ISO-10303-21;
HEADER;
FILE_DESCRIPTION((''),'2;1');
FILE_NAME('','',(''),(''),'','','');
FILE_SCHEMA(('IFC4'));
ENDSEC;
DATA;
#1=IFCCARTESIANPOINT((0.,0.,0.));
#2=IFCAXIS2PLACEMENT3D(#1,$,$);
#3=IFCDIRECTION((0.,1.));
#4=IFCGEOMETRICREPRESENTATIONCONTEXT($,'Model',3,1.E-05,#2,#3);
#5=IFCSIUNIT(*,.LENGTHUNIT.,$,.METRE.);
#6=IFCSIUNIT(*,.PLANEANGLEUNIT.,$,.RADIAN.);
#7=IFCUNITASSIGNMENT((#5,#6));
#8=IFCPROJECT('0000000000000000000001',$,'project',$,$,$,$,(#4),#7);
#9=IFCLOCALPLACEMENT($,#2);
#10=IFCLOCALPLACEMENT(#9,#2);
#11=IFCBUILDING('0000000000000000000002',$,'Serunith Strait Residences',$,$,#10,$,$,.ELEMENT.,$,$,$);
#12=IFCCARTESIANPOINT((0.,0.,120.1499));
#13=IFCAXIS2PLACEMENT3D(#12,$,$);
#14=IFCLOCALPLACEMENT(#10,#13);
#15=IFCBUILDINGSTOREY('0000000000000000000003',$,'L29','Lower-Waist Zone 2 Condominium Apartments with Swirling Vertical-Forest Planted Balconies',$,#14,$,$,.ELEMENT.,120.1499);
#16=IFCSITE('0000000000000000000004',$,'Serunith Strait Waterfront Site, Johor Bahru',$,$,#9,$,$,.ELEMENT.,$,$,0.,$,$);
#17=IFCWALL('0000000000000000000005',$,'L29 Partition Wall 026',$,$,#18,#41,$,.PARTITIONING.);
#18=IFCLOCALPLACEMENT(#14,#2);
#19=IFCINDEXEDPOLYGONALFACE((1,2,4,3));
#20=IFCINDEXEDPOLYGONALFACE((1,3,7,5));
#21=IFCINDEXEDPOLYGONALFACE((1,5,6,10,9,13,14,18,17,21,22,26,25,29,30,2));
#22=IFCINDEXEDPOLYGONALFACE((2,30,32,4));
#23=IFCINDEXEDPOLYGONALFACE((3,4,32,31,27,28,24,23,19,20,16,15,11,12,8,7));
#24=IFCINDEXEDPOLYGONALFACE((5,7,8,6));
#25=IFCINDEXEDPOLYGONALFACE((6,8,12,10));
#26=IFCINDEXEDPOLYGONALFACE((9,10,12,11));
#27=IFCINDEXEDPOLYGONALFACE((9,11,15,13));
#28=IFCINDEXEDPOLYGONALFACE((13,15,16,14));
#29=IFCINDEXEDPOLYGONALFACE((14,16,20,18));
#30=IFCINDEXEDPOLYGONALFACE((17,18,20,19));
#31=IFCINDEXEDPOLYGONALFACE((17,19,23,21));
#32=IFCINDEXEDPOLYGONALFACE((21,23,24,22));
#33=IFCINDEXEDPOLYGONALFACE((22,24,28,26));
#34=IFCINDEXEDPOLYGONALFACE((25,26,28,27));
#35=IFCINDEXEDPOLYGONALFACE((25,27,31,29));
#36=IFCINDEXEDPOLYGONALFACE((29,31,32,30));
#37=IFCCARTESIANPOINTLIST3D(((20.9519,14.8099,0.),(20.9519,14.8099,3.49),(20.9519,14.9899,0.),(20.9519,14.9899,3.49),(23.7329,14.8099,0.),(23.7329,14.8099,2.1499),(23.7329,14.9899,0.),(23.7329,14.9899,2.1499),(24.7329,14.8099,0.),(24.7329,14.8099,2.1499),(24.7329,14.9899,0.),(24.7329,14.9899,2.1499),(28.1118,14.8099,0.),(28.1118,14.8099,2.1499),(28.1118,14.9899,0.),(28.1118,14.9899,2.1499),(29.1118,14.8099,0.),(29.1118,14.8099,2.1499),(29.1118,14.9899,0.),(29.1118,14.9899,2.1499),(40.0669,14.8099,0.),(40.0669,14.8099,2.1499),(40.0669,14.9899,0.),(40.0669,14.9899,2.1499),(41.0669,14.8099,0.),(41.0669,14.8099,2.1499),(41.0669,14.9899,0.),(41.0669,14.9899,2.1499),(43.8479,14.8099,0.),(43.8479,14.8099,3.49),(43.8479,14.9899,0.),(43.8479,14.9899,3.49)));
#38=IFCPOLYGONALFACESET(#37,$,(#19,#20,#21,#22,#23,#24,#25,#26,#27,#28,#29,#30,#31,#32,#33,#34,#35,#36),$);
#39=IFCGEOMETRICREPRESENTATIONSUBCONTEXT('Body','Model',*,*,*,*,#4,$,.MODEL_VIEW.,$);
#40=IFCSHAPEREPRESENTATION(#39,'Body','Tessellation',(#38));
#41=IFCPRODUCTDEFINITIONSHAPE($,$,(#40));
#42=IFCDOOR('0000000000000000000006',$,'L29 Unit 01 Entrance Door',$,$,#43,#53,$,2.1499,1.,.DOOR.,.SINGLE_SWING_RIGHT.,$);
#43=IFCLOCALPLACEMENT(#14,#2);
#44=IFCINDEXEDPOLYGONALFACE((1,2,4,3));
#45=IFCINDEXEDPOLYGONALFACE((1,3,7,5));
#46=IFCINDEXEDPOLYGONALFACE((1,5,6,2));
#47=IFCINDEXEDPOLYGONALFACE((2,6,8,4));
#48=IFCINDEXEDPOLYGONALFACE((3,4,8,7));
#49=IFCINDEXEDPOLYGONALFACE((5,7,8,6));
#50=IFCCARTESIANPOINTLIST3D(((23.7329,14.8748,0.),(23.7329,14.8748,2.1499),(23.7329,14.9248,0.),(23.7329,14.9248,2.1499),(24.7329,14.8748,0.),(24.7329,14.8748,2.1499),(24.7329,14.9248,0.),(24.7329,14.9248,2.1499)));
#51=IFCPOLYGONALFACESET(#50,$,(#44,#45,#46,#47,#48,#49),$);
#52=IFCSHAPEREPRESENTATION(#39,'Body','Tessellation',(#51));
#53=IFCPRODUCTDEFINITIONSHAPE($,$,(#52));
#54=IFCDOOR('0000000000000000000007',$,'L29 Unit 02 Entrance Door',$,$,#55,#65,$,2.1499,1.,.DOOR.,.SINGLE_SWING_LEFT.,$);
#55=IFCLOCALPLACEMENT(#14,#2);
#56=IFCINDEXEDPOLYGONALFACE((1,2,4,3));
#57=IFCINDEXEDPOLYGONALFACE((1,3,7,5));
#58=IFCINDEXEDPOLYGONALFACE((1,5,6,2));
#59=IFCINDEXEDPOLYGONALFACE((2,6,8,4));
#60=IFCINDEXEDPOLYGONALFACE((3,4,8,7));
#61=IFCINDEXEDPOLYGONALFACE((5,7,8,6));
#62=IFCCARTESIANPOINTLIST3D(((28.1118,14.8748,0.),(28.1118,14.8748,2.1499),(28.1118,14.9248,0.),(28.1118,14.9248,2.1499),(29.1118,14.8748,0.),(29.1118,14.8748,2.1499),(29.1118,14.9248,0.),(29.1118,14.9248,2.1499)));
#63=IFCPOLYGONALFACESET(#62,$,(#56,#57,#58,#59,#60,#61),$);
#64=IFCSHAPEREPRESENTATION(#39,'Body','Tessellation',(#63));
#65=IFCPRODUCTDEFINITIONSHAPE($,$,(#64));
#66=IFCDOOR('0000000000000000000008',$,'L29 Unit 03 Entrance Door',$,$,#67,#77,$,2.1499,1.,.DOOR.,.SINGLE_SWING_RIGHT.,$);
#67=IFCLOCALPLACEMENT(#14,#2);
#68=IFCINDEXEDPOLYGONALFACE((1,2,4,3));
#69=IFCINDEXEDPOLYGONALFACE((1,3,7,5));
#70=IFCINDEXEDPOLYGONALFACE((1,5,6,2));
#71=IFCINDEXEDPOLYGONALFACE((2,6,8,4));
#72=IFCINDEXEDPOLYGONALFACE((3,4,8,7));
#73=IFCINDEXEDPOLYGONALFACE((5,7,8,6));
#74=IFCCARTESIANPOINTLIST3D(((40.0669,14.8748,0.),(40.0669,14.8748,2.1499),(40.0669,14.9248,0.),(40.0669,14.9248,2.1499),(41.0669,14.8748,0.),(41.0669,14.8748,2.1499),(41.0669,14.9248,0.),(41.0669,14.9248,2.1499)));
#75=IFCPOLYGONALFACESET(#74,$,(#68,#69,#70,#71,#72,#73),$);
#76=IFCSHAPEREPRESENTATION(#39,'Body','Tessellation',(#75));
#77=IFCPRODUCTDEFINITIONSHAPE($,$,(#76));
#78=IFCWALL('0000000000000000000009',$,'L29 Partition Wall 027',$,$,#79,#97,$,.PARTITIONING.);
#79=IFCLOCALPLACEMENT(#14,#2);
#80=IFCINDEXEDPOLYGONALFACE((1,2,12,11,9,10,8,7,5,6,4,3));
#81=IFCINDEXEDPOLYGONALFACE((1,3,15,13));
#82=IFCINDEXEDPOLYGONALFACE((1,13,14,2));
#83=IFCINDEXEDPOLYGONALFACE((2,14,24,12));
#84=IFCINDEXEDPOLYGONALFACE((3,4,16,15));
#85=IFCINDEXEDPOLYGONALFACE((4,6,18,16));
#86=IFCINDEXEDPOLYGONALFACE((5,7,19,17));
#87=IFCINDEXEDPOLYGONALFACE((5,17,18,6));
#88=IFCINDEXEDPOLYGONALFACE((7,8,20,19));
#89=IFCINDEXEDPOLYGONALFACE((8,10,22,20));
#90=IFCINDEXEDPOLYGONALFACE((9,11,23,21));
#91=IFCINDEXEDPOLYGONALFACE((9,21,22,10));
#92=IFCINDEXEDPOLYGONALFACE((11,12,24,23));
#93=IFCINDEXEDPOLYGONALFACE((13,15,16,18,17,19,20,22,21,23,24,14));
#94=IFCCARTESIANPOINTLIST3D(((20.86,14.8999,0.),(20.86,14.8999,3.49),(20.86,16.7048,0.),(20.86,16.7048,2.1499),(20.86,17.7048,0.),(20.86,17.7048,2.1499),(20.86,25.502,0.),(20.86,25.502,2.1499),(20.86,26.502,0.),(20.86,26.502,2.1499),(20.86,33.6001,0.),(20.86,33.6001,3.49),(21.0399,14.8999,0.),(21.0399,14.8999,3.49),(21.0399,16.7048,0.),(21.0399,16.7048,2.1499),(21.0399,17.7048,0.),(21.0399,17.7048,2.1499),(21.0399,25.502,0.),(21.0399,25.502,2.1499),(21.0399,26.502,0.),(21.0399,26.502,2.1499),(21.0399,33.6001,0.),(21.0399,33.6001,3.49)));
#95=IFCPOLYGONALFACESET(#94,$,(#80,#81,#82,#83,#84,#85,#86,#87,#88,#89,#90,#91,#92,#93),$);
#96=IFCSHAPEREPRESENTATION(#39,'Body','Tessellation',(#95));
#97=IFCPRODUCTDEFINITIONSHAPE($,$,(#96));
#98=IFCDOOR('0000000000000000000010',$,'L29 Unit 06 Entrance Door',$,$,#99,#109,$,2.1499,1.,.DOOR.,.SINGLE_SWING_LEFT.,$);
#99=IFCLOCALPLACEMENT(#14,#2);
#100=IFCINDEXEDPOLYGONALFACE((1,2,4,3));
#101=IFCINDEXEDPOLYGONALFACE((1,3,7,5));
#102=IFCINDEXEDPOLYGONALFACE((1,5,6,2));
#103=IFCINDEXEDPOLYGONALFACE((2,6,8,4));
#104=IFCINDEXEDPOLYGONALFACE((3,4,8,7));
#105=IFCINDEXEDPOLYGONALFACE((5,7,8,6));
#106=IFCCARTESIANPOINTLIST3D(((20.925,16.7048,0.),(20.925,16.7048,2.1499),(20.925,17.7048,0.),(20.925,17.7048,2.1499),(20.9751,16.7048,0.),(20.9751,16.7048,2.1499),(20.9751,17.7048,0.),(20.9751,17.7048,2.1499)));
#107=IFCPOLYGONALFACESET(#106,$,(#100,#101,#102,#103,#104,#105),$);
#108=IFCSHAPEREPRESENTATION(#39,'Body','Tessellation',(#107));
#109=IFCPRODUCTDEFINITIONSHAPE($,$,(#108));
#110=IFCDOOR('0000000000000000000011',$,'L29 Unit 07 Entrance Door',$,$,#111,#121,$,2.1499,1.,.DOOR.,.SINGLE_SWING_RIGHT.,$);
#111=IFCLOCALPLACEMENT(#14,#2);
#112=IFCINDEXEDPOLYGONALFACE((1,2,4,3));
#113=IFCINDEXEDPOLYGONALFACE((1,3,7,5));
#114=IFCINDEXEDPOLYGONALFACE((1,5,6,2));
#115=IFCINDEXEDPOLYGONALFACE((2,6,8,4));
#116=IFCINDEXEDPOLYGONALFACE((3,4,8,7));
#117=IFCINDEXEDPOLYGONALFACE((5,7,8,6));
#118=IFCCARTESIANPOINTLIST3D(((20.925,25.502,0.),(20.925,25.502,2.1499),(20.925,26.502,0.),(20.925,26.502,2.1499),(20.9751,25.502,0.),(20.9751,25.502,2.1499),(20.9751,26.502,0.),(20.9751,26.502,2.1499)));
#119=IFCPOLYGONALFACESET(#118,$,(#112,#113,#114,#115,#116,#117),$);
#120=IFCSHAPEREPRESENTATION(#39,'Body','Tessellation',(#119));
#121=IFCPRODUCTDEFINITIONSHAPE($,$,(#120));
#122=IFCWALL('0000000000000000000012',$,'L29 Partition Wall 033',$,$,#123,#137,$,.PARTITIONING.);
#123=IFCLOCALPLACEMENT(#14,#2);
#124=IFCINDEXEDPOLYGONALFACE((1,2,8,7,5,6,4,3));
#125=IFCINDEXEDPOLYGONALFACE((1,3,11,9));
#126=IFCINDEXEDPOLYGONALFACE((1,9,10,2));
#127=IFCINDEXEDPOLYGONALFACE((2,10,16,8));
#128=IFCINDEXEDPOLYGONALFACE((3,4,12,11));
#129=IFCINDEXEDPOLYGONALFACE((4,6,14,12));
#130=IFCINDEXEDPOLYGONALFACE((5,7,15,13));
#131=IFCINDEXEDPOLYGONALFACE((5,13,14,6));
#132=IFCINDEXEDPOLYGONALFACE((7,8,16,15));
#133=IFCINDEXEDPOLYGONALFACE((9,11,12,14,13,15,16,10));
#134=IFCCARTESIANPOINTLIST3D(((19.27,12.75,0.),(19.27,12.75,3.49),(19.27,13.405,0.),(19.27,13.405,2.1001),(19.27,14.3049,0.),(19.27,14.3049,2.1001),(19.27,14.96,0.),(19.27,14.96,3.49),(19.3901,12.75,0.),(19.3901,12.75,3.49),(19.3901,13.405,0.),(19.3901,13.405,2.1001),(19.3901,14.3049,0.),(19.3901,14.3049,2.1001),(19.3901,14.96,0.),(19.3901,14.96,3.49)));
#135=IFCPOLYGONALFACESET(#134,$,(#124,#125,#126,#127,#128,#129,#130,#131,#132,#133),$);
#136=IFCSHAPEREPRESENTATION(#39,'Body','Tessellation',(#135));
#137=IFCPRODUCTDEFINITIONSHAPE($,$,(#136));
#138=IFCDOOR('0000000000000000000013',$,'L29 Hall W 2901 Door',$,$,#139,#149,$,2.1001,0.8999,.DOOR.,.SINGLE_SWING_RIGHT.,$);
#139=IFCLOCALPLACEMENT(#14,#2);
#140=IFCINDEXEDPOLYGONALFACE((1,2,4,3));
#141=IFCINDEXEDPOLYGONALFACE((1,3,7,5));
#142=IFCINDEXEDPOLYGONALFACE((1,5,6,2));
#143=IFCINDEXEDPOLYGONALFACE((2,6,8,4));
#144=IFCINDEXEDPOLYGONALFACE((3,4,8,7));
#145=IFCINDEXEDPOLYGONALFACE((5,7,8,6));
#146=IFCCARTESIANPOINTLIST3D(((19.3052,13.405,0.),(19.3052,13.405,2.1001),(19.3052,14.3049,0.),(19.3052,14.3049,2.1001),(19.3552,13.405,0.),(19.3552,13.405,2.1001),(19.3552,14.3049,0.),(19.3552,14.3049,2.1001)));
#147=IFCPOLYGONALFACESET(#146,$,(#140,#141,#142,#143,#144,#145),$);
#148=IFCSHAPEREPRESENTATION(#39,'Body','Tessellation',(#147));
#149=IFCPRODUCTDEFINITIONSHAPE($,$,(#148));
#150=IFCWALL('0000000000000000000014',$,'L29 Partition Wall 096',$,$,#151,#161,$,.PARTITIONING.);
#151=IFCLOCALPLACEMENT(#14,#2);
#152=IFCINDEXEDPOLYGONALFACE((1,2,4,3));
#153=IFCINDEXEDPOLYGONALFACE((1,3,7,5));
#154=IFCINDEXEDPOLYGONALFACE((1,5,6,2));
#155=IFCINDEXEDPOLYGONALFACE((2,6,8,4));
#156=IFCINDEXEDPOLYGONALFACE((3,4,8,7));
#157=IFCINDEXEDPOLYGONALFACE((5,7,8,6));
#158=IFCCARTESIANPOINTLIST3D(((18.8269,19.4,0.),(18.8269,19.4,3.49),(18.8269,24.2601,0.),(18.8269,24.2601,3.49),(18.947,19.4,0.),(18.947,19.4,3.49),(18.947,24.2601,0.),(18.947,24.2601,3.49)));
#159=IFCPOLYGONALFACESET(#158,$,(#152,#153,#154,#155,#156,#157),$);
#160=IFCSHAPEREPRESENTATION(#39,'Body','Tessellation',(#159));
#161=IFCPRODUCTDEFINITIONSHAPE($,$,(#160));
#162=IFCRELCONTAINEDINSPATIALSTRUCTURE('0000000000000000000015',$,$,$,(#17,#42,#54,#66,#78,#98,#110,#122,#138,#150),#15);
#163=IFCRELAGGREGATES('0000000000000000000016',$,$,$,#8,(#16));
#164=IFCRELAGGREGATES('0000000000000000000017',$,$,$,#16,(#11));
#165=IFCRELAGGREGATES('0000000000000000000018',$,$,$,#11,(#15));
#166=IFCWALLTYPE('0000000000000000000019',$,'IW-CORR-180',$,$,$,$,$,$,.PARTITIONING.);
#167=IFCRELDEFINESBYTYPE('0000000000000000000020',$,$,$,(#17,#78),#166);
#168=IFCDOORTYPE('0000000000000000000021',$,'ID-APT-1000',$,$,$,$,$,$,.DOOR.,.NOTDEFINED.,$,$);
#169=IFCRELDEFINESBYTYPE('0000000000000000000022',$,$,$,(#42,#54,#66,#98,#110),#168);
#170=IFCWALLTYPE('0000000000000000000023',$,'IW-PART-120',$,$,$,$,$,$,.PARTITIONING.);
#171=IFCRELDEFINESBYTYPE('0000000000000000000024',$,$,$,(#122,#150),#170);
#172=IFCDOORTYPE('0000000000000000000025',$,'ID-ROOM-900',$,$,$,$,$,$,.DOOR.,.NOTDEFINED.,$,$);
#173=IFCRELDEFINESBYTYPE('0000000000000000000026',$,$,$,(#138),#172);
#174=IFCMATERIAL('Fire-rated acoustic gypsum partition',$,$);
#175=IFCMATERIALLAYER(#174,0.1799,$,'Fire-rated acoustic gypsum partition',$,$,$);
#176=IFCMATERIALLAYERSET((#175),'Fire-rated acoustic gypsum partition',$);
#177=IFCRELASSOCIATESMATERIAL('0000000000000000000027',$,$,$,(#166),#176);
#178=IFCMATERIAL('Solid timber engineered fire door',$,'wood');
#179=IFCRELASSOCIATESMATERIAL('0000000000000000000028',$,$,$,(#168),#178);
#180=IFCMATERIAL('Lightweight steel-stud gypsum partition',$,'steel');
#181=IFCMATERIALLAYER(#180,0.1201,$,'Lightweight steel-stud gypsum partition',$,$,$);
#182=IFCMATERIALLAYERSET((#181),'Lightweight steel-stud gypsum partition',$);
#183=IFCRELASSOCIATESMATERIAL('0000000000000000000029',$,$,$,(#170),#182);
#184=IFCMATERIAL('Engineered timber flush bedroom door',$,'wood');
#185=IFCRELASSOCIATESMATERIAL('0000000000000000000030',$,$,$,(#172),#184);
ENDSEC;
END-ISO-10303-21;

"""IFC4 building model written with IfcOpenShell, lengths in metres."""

from ifc_helpers import new_model, si_unit, direction, frame, frame_2d, origin, place, context, subcontext, project, spatial, rectangle, extrude, source, transform, mapped, material, layer, layer_set, type_object, element, fill, save


model = new_model("IFC4")

# Units and contexts
model_context = context("Model", 3, precision=1e-05, world=origin(), true_north=direction((0.0, 1.0)))
body_context = subcontext(model_context, "Body", "Model", "MODEL_VIEW")
ifc_project = project(units=[si_unit("LENGTHUNIT", "METRE"), si_unit("PLANEANGLEUNIT", "RADIAN")], contexts=[model_context])

# Site, building, storey
site_placement = place(None, origin())
site = spatial("IfcSite", under=ifc_project, at=site_placement, Name="Serunith Strait Waterfront Site, Johor Bahru", CompositionType="ELEMENT", RefElevation=0.0)
building_placement = place(site_placement, origin())
building = spatial("IfcBuilding", under=site, at=building_placement, Name="Serunith Strait Residences", CompositionType="ELEMENT")
storey_placement = place(building_placement, frame((0.0, 0.0, 120.1499)))
storey = spatial("IfcBuildingStorey", under=building, at=storey_placement, Name="L29", Description="Lower-Waist Zone 2 Condominium Apartments with Swirling Vertical-Forest Planted Balconies", CompositionType="ELEMENT", Elevation=120.1499)

# Walls, openings, doors
ifc_material_1 = material(Name="Fire-rated acoustic gypsum partition")
ifc_layer_1 = layer(ifc_material_1, 0.1799, Name="Fire-rated acoustic gypsum partition")
ifc_layer_set_1 = layer_set([ifc_layer_1], Name="Fire-rated acoustic gypsum partition")
wall_type_1 = type_object("IfcWallType", Name="IW-CORR-180", PredefinedType="PARTITIONING", material=ifc_layer_set_1)
wall_1_placement = place(storey_placement, frame((20.9519, 14.8999, 0.0), z_axis=(0.0, 0.0, 1.0), x_axis=(1.0, 0.0, 0.0)))
wall_1 = element("IfcWall", 1, at=wall_1_placement, inside=storey, type_object=wall_type_1, Name="L29 Partition Wall 026", PredefinedType="PARTITIONING", context=body_context, shape_type="SweptSolid", body=[
    extrude(rectangle(XDim=22.896, YDim=0.1799, at=frame_2d((11.448, 0.0))), origin(), (0.0, 0.0, 1.0), 3.49),
])
opening_1_placement = place(wall_1_placement, frame((2.781, 0.0, 0.0)))
opening_1 = element("IfcOpeningElement", 2, at=opening_1_placement, cuts=wall_1, PredefinedType="OPENING", context=body_context, shape_type="SweptSolid", body=[
    extrude(rectangle(XDim=1.0, YDim=2.1499, at=frame_2d((0.5, 1.075))), frame((0.0, 0.1001, 0.0), z_axis=(0.0, -1.0, 0.0), x_axis=(1.0, 0.0, 0.0)), (0.0, 0.0, 1.0), 0.2),
])
opening_2_placement = place(wall_1_placement, frame((7.1599, 0.0, 0.0)))
opening_2 = element("IfcOpeningElement", 3, at=opening_2_placement, cuts=wall_1, PredefinedType="OPENING", context=body_context, shape_type="SweptSolid", body=[
    extrude(rectangle(XDim=1.0, YDim=2.1499, at=frame_2d((0.5, 1.075))), frame((0.0, 0.1001, 0.0), z_axis=(0.0, -1.0, 0.0), x_axis=(1.0, 0.0, 0.0)), (0.0, 0.0, 1.0), 0.2),
])
opening_3_placement = place(wall_1_placement, frame((19.115, 0.0, 0.0)))
opening_3 = element("IfcOpeningElement", 4, at=opening_3_placement, cuts=wall_1, PredefinedType="OPENING", context=body_context, shape_type="SweptSolid", body=[
    extrude(rectangle(XDim=1.0, YDim=2.1499, at=frame_2d((0.5, 1.075))), frame((0.0, 0.1001, 0.0), z_axis=(0.0, -1.0, 0.0), x_axis=(1.0, 0.0, 0.0)), (0.0, 0.0, 1.0), 0.2),
])
ifc_material_2 = material(Name="Solid timber engineered fire door", Category="wood")
door_type_1 = type_object("IfcDoorType", Name="ID-APT-1000", OperationType="NOTDEFINED", PredefinedType="DOOR", material=ifc_material_2)
shared_shape_1 = source(origin(), body_context, "Body", "SweptSolid", [
    extrude(rectangle(XDim=1.0, YDim=2.1499, at=frame_2d((0.5, 1.075))), frame((0.0, 0.0249, 0.0), z_axis=(0.0, -1.0, 0.0), x_axis=(1.0, 0.0, 0.0)), (0.0, 0.0, 1.0), 0.05),
])
door_1_placement = place(opening_1_placement, origin())
door_1 = element("IfcDoor", 5, at=door_1_placement, inside=storey, type_object=door_type_1, Name="L29 Unit 01 Entrance Door", OperationType="SINGLE_SWING_RIGHT", OverallHeight=2.1499, OverallWidth=1.0, PredefinedType="DOOR", context=body_context, shape_type="MappedRepresentation", body=[
    mapped(shared_shape_1, transform((0.0, 0.0, 0.0), scale=1.0)),
])
fill(opening_1, door_1)
door_2_placement = place(opening_2_placement, origin())
door_2 = element("IfcDoor", 6, at=door_2_placement, inside=storey, type_object=door_type_1, Name="L29 Unit 02 Entrance Door", OperationType="SINGLE_SWING_LEFT", OverallHeight=2.1499, OverallWidth=1.0, PredefinedType="DOOR", context=body_context, shape_type="MappedRepresentation", body=[
    mapped(shared_shape_1, transform((0.0, 0.0, 0.0), scale=1.0)),
])
fill(opening_2, door_2)
door_3_placement = place(opening_3_placement, origin())
door_3 = element("IfcDoor", 7, at=door_3_placement, inside=storey, type_object=door_type_1, Name="L29 Unit 03 Entrance Door", OperationType="SINGLE_SWING_RIGHT", OverallHeight=2.1499, OverallWidth=1.0, PredefinedType="DOOR", context=body_context, shape_type="MappedRepresentation", body=[
    mapped(shared_shape_1, transform((0.0, 0.0, 0.0), scale=1.0)),
])
fill(opening_3, door_3)
wall_2_placement = place(storey_placement, frame((20.95, 14.8999, 0.0), z_axis=(0.0, 0.0, 1.0), x_axis=(0.0, 1.0, 0.0)))
wall_2 = element("IfcWall", 8, at=wall_2_placement, inside=storey, type_object=wall_type_1, Name="L29 Partition Wall 027", PredefinedType="PARTITIONING", context=body_context, shape_type="SweptSolid", body=[
    extrude(rectangle(XDim=18.7002, YDim=0.1799, at=frame_2d((9.3501, 0.0))), origin(), (0.0, 0.0, 1.0), 3.49),
])
opening_4_placement = place(wall_2_placement, frame((1.8049, 0.0, 0.0)))
opening_4 = element("IfcOpeningElement", 9, at=opening_4_placement, cuts=wall_2, PredefinedType="OPENING", context=body_context, shape_type="SweptSolid", body=[
    extrude(rectangle(XDim=1.0, YDim=2.1499, at=frame_2d((0.5, 1.075))), frame((0.0, 0.1001, 0.0), z_axis=(0.0, -1.0, 0.0), x_axis=(1.0, 0.0, 0.0)), (0.0, 0.0, 1.0), 0.2),
])
opening_5_placement = place(wall_2_placement, frame((10.6021, 0.0, 0.0)))
opening_5 = element("IfcOpeningElement", 10, at=opening_5_placement, cuts=wall_2, PredefinedType="OPENING", context=body_context, shape_type="SweptSolid", body=[
    extrude(rectangle(XDim=1.0, YDim=2.1499, at=frame_2d((0.5, 1.075))), frame((0.0, 0.1001, 0.0), z_axis=(0.0, -1.0, 0.0), x_axis=(1.0, 0.0, 0.0)), (0.0, 0.0, 1.0), 0.2),
])
door_4_placement = place(opening_4_placement, origin())
door_4 = element("IfcDoor", 11, at=door_4_placement, inside=storey, type_object=door_type_1, Name="L29 Unit 06 Entrance Door", OperationType="SINGLE_SWING_LEFT", OverallHeight=2.1499, OverallWidth=1.0, PredefinedType="DOOR", context=body_context, shape_type="MappedRepresentation", body=[
    mapped(shared_shape_1, transform((0.0, 0.0, 0.0), scale=1.0)),
])
fill(opening_4, door_4)
door_5_placement = place(opening_5_placement, origin())
door_5 = element("IfcDoor", 12, at=door_5_placement, inside=storey, type_object=door_type_1, Name="L29 Unit 07 Entrance Door", OperationType="SINGLE_SWING_RIGHT", OverallHeight=2.1499, OverallWidth=1.0, PredefinedType="DOOR", context=body_context, shape_type="MappedRepresentation", body=[
    mapped(shared_shape_1, transform((0.0, 0.0, 0.0), scale=1.0)),
])
fill(opening_5, door_5)

# Wall, opening, door
ifc_material_3 = material(Name="Lightweight steel-stud gypsum partition", Category="steel")
ifc_layer_2 = layer(ifc_material_3, 0.1201, Name="Lightweight steel-stud gypsum partition")
ifc_layer_set_2 = layer_set([ifc_layer_2], Name="Lightweight steel-stud gypsum partition")
wall_type_2 = type_object("IfcWallType", Name="IW-PART-120", PredefinedType="PARTITIONING", material=ifc_layer_set_2)
wall_3_placement = place(storey_placement, frame((19.3301, 12.75, 0.0), z_axis=(0.0, 0.0, 1.0), x_axis=(0.0, 1.0, 0.0)))
wall_3 = element("IfcWall", 13, at=wall_3_placement, inside=storey, type_object=wall_type_2, Name="L29 Partition Wall 033", PredefinedType="PARTITIONING", context=body_context, shape_type="SweptSolid", body=[
    extrude(rectangle(XDim=2.21, YDim=0.1201, at=frame_2d((1.105, 0.0))), origin(), (0.0, 0.0, 1.0), 3.49),
])
opening_6_placement = place(wall_3_placement, frame((0.655, 0.0, 0.0)))
opening_6 = element("IfcOpeningElement", 14, at=opening_6_placement, cuts=wall_3, PredefinedType="OPENING", context=body_context, shape_type="SweptSolid", body=[
    extrude(rectangle(XDim=0.8999, YDim=2.1001, at=frame_2d((0.45, 1.05))), frame((0.0, 0.0701, 0.0), z_axis=(0.0, -1.0, 0.0), x_axis=(1.0, 0.0, 0.0)), (0.0, 0.0, 1.0), 0.1401),
])
ifc_material_4 = material(Name="Engineered timber flush bedroom door", Category="wood")
door_type_2 = type_object("IfcDoorType", Name="ID-ROOM-900", OperationType="NOTDEFINED", PredefinedType="DOOR", material=ifc_material_4)
shared_shape_2 = source(origin(), body_context, "Body", "SweptSolid", [
    extrude(rectangle(XDim=0.8999, YDim=2.1001, at=frame_2d((0.45, 1.05))), frame((0.0, 0.0249, 0.0), z_axis=(0.0, -1.0, 0.0), x_axis=(1.0, 0.0, 0.0)), (0.0, 0.0, 1.0), 0.05),
])
door_6_placement = place(opening_6_placement, origin())
door_6 = element("IfcDoor", 15, at=door_6_placement, inside=storey, type_object=door_type_2, Name="L29 Hall W 2901 Door", OperationType="SINGLE_SWING_RIGHT", OverallHeight=2.1001, OverallWidth=0.8999, PredefinedType="DOOR", context=body_context, shape_type="MappedRepresentation", body=[
    mapped(shared_shape_2, transform((0.0, 0.0, 0.0), scale=1.0)),
])
fill(opening_6, door_6)

# Wall
wall_4_placement = place(storey_placement, frame((18.887, 19.3999, 0.0), z_axis=(0.0, 0.0, 1.0), x_axis=(0.0, 1.0, 0.0)))
element("IfcWall", 16, at=wall_4_placement, inside=storey, type_object=wall_type_2, Name="L29 Partition Wall 096", PredefinedType="PARTITIONING", context=body_context, shape_type="SweptSolid", body=[
    extrude(rectangle(XDim=4.8601, YDim=0.1201, at=frame_2d((2.4302, 0.0))), origin(), (0.0, 0.0, 1.0), 3.49),
])

save(model, "model.ifc")
